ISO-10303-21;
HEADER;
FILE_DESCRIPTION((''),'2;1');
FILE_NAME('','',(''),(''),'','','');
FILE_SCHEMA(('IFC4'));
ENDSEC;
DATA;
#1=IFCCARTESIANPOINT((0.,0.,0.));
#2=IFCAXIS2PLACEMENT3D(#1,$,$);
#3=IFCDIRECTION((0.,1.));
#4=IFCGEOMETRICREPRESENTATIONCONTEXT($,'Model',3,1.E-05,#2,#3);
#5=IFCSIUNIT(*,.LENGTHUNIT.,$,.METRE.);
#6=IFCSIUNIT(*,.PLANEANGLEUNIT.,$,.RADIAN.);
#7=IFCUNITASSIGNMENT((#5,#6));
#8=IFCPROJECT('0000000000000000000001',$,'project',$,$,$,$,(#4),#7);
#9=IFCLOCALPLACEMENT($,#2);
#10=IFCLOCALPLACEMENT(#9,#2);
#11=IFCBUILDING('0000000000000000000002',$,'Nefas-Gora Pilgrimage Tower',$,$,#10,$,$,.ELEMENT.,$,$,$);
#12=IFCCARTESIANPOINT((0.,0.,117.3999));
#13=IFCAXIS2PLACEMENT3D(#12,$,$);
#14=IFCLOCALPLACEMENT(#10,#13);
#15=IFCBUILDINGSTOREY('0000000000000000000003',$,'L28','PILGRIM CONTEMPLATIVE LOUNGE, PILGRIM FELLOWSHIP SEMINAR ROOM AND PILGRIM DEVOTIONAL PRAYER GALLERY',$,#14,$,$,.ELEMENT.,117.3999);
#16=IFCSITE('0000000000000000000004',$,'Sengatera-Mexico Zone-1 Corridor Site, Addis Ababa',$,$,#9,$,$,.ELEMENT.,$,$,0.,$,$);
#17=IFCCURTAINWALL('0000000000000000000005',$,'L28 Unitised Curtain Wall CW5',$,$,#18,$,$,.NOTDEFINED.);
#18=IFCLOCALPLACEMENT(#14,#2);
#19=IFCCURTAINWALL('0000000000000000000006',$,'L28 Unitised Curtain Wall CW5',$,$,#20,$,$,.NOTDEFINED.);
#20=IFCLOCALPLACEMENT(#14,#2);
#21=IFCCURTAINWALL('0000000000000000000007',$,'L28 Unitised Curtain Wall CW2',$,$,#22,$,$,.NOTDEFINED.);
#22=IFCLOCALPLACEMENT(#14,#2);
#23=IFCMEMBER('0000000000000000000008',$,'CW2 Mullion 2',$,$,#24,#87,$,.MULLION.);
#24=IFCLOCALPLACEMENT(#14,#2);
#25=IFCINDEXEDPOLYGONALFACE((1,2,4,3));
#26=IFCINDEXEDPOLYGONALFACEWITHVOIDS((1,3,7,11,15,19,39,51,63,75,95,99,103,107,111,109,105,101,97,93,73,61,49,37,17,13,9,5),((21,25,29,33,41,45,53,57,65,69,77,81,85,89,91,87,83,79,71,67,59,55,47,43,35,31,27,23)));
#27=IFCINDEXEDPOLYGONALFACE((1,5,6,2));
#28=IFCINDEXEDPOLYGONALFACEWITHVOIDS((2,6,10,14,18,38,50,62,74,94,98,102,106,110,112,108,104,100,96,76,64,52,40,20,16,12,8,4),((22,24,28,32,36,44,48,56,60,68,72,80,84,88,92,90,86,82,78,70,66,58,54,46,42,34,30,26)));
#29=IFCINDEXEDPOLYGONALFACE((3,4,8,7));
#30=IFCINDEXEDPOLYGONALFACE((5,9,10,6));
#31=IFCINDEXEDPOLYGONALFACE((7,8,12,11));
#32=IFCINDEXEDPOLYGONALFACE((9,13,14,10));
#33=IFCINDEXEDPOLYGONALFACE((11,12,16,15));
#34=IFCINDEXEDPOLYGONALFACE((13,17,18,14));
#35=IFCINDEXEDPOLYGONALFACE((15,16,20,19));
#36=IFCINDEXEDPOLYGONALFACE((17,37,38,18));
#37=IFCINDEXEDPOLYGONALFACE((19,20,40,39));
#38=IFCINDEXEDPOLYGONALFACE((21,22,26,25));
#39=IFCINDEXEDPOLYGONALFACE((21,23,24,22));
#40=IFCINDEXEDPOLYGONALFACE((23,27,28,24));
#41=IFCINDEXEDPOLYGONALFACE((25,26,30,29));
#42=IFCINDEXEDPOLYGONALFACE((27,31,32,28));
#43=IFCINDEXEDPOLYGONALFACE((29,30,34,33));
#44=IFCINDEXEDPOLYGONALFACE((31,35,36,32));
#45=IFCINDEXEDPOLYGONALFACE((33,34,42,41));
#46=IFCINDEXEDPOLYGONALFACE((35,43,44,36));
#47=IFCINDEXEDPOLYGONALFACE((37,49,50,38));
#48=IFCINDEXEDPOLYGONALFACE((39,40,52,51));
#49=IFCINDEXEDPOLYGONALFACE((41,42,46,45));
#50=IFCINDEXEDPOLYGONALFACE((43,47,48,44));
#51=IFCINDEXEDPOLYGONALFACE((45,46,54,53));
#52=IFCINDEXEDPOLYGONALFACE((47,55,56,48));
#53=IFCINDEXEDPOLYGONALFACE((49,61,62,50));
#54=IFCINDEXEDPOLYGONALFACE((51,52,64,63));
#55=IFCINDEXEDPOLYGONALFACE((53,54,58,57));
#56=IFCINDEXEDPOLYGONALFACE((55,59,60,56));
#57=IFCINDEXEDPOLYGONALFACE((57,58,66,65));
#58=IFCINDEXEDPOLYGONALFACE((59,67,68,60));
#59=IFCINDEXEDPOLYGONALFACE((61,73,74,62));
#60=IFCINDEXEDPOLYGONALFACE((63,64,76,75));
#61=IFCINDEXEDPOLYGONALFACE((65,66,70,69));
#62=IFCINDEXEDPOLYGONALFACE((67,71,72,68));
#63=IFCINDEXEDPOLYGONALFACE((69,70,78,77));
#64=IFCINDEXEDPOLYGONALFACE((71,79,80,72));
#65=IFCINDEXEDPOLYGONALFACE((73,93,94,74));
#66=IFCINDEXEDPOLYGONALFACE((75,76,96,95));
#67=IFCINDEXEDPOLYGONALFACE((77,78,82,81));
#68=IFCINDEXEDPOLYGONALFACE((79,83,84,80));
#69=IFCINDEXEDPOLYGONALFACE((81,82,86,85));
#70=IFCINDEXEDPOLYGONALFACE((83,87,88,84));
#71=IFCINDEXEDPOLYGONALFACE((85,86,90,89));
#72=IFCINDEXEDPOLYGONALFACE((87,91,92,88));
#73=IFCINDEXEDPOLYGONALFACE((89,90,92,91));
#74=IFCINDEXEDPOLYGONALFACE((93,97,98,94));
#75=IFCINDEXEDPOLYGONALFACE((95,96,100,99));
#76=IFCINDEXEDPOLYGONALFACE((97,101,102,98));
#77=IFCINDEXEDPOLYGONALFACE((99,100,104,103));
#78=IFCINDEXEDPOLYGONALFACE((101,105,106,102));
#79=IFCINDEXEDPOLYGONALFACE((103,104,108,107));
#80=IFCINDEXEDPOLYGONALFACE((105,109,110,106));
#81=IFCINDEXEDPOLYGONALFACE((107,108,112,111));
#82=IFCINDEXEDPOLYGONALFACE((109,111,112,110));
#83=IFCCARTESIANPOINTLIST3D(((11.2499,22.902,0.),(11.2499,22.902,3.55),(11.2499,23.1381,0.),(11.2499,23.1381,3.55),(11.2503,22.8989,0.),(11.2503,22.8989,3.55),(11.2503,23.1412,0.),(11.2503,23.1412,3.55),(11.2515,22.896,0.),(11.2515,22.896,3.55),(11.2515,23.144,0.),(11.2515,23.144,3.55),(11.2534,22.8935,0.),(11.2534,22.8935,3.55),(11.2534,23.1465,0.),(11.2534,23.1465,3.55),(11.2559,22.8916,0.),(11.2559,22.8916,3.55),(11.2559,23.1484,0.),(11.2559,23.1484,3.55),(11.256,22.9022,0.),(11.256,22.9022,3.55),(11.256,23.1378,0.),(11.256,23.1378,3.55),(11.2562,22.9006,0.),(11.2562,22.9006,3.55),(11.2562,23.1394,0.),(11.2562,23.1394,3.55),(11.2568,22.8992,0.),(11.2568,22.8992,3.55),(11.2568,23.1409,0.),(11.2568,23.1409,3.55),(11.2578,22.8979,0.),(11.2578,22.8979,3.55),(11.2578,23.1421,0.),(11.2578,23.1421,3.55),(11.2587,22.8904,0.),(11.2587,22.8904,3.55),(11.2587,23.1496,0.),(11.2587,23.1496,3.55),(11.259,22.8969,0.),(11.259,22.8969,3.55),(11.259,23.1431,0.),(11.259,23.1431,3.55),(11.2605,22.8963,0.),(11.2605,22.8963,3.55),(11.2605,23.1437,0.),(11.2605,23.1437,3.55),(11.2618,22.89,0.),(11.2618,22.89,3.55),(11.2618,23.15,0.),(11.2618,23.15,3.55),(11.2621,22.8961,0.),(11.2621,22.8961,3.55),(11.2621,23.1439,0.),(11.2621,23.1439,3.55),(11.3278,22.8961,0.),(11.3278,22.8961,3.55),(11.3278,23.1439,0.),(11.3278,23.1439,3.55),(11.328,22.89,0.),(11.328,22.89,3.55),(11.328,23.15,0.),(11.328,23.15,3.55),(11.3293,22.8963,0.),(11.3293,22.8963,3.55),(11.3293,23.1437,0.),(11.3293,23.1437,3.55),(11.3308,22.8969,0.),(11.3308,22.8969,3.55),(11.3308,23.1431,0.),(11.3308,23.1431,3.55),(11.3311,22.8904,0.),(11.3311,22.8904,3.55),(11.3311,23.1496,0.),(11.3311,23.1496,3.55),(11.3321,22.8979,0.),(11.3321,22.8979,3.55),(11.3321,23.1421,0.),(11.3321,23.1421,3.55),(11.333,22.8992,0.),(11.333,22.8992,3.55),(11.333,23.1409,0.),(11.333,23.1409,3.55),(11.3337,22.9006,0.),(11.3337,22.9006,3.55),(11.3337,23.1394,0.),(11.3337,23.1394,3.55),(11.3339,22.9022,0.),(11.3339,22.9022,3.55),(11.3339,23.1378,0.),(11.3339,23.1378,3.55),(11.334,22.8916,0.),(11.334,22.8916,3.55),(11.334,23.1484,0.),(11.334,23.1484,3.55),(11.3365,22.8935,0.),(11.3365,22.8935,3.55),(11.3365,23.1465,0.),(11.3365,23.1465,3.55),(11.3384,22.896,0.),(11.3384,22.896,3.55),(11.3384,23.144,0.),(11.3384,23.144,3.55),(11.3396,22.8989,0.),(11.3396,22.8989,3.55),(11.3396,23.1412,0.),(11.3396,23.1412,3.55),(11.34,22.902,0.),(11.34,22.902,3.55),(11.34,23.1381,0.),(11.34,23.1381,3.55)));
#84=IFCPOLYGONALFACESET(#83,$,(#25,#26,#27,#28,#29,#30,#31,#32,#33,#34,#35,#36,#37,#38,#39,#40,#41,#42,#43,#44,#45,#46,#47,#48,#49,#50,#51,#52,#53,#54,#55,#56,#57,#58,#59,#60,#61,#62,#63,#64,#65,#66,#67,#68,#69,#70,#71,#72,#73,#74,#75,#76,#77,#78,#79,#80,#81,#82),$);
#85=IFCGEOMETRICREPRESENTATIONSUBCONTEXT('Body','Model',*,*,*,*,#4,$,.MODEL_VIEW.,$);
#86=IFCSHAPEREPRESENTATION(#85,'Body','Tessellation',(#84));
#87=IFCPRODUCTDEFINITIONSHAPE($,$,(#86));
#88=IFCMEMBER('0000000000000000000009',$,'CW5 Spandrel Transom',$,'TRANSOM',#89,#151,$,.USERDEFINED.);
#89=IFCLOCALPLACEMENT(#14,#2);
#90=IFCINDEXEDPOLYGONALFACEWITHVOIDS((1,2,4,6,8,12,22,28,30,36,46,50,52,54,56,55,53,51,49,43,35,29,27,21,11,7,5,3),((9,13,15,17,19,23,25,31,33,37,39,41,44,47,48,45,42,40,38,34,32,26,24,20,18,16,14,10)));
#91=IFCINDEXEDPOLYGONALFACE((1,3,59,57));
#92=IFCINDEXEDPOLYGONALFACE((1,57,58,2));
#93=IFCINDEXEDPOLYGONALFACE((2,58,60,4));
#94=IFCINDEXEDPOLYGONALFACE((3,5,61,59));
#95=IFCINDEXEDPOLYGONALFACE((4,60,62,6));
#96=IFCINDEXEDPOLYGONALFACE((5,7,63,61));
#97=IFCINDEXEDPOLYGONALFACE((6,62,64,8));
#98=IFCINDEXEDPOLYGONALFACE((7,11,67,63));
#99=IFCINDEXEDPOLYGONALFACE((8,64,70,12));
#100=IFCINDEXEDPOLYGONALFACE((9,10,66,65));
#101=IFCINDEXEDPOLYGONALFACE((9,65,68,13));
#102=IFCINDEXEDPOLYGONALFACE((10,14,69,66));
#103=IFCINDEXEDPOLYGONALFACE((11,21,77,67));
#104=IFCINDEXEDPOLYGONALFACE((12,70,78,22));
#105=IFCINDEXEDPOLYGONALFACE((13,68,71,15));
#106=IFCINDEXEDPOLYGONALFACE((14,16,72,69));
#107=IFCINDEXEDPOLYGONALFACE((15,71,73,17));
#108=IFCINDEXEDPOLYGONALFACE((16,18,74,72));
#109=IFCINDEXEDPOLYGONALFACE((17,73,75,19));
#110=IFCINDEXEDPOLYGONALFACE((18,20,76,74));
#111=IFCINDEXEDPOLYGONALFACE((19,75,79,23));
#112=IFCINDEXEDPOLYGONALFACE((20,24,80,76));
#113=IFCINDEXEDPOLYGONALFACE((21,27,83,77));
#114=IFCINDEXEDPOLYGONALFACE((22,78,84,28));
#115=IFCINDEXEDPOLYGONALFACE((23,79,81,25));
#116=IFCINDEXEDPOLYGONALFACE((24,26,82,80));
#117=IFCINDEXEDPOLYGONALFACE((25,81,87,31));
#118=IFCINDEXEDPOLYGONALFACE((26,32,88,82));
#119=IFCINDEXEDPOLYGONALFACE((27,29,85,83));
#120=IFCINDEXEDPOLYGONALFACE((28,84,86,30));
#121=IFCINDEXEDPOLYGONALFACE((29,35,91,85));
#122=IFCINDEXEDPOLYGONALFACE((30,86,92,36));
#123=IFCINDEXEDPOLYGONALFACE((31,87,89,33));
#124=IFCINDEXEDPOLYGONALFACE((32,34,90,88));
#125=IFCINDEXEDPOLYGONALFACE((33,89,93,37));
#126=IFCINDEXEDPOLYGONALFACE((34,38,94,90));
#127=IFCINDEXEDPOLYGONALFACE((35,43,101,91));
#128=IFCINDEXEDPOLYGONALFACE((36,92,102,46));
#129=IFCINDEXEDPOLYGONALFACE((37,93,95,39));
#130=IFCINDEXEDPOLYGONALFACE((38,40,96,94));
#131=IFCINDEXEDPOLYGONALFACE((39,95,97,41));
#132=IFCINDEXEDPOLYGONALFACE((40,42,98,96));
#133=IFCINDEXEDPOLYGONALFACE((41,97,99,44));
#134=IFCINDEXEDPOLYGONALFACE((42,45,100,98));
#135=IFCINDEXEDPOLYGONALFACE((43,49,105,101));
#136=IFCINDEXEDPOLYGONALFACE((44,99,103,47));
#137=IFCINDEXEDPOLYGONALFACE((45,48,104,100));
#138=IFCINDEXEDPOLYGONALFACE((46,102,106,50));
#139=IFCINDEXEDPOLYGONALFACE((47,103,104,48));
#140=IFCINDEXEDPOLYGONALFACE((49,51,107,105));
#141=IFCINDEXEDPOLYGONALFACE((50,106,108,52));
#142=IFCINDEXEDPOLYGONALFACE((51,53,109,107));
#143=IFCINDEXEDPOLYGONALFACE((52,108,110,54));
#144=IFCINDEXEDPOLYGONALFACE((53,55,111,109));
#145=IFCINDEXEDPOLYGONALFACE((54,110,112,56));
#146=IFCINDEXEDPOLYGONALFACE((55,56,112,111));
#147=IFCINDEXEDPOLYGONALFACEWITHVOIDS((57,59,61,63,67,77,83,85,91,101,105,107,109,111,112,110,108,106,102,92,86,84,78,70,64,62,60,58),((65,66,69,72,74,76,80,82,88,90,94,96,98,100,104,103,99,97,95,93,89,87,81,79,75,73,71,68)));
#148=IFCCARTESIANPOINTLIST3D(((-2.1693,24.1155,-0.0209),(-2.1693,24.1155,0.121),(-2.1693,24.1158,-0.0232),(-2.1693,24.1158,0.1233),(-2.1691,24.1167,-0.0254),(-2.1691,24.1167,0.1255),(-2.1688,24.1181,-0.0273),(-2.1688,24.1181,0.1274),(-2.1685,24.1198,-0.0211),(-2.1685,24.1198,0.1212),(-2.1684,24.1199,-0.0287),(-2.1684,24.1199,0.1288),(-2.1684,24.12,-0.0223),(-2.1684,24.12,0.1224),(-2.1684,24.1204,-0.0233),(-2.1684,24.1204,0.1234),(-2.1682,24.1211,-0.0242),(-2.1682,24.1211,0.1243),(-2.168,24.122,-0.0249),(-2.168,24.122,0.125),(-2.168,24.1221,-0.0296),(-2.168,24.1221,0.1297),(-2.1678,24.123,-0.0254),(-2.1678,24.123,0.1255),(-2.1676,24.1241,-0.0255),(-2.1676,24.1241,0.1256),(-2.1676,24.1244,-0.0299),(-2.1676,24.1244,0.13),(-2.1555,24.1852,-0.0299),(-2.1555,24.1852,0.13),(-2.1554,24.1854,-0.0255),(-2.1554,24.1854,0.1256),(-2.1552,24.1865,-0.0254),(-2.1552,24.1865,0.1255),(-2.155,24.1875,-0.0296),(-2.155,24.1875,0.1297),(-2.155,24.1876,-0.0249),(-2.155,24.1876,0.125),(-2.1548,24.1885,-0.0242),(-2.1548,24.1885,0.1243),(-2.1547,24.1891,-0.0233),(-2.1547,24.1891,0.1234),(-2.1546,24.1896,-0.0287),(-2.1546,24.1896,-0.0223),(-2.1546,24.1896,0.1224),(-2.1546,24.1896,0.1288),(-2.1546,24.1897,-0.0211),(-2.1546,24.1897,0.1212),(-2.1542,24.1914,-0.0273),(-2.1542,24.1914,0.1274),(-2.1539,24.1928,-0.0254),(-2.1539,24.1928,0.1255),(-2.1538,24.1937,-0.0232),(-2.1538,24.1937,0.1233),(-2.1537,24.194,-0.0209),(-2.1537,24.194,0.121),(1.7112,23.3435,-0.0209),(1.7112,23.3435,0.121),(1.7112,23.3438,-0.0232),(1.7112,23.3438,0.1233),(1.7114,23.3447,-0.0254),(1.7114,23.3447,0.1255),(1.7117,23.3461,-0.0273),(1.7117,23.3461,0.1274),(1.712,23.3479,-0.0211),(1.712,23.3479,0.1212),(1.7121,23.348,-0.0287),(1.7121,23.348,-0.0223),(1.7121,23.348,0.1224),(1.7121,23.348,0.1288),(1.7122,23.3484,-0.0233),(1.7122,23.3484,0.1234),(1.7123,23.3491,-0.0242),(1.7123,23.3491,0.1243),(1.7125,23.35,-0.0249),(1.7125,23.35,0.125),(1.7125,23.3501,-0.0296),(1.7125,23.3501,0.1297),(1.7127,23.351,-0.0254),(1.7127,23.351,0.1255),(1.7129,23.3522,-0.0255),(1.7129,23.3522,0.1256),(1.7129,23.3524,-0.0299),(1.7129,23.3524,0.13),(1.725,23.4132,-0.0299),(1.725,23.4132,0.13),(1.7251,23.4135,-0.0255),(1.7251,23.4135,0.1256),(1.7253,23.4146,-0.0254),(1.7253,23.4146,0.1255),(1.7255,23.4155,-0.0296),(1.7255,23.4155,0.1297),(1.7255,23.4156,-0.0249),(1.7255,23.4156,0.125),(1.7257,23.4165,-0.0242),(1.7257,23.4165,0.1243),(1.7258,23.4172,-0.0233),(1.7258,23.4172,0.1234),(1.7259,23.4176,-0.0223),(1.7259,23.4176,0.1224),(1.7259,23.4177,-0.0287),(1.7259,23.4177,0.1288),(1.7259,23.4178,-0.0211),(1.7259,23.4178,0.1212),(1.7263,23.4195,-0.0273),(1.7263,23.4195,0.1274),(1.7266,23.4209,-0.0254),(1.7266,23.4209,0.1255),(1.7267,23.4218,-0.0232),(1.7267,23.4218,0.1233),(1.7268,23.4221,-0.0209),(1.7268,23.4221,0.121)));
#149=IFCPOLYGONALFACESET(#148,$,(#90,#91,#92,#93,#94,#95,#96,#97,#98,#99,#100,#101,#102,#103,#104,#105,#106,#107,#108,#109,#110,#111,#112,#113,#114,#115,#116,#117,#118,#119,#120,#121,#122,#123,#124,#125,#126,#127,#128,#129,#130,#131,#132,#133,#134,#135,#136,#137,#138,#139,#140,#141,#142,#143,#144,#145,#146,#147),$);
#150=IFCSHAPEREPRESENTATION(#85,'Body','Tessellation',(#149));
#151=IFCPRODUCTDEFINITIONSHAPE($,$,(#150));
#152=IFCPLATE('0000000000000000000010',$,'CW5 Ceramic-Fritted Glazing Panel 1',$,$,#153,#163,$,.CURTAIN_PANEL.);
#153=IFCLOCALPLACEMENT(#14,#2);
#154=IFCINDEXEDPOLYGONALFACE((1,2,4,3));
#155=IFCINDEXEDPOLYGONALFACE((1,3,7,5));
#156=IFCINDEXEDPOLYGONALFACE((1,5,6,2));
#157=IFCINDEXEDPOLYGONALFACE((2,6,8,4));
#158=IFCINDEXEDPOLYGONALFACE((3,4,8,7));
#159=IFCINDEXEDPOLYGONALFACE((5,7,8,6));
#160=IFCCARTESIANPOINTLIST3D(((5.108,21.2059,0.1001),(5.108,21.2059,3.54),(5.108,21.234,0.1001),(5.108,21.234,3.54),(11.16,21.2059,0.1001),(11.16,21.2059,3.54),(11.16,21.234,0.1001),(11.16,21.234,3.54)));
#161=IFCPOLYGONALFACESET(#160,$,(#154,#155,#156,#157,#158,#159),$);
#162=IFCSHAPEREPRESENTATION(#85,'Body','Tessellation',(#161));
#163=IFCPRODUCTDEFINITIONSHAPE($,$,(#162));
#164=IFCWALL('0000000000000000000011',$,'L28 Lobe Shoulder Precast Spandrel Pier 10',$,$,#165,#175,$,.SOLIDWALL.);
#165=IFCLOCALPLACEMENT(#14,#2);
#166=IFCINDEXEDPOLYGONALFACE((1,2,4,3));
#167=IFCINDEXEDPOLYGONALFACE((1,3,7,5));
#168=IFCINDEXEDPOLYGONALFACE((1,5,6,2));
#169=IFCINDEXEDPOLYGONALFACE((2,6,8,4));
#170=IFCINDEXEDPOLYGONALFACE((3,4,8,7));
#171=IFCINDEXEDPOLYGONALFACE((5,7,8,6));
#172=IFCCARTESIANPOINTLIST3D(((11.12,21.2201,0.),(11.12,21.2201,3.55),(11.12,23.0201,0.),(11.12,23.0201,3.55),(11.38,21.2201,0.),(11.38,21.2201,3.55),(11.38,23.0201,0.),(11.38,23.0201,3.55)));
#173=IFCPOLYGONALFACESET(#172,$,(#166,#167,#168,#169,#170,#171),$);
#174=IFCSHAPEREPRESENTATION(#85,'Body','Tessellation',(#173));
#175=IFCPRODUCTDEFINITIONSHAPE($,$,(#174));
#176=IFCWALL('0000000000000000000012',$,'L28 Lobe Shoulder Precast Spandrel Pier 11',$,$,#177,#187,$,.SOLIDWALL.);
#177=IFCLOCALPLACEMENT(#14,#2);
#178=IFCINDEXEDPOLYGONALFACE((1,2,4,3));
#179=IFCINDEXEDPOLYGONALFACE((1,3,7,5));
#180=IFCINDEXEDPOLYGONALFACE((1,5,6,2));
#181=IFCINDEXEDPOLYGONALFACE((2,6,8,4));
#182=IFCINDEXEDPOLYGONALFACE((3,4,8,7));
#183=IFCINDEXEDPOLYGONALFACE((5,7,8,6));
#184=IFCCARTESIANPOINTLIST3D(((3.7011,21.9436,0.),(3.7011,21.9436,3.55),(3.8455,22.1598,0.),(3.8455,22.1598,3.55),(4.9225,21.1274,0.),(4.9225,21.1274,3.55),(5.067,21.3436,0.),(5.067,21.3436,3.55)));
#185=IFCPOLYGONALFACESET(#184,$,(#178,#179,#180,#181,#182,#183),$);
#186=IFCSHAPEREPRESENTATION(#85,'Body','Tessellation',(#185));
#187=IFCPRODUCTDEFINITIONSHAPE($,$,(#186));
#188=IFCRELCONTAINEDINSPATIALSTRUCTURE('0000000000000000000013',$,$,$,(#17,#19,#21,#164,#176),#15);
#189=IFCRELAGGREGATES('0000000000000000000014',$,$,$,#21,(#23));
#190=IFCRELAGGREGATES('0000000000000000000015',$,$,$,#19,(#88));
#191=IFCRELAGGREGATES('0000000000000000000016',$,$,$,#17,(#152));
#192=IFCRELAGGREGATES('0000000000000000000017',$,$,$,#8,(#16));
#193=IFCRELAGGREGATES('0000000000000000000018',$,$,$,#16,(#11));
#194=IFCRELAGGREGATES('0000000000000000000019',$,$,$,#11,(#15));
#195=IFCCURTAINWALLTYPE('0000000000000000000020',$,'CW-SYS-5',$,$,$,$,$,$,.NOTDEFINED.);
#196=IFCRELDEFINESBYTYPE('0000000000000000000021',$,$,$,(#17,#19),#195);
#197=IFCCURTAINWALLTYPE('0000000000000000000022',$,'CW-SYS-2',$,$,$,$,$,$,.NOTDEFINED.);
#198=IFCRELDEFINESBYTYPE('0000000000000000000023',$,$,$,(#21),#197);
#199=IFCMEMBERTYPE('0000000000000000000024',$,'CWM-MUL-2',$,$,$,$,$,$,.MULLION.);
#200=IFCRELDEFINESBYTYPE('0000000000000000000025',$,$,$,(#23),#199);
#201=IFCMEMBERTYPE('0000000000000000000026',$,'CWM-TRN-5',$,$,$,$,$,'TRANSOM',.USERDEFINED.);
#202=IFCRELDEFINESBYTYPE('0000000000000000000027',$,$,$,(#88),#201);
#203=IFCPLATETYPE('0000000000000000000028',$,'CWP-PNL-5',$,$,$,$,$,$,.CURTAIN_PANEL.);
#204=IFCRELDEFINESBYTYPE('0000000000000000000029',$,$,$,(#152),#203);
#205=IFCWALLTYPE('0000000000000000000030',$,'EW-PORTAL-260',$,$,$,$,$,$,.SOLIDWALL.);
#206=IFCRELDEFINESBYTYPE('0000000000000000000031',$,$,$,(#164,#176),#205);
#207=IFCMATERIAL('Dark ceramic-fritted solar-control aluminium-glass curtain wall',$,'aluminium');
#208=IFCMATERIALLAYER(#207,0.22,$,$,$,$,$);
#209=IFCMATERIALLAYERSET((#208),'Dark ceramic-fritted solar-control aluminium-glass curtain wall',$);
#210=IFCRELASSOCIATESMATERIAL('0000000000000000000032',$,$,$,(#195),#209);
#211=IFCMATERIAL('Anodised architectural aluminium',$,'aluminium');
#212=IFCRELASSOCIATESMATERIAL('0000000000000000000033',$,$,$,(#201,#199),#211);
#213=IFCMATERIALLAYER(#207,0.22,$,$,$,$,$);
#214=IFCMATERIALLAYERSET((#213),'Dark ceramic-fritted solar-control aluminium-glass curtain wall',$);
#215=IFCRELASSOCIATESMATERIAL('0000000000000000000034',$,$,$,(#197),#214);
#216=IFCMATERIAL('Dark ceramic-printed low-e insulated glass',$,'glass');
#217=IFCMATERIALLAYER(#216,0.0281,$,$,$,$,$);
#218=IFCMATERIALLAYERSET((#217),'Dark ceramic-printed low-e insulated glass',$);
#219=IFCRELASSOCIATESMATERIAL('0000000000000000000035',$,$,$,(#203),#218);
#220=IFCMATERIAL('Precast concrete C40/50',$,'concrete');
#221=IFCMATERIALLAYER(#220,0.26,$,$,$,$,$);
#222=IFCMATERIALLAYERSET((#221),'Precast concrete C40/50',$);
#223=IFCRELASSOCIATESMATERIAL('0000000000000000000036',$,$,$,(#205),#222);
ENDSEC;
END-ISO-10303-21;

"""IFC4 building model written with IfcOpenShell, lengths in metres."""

from ifc_helpers import new_model, si_unit, direction, frame, frame_2d, origin, origin_2d, place, context, subcontext, project, spatial, rectangle, hollow_rectangle, extrude, source, transform, mapped, material, layer, layer_set, material_profile, profile_set, type_object, element, aggregate, save


model = new_model("IFC4")

# Units and contexts
model_context = context("Model", 3, precision=1e-05, world=origin(), true_north=direction((0.0, 1.0)))
body_context = subcontext(model_context, "Body", "Model", "MODEL_VIEW")
ifc_project = project(units=[si_unit("LENGTHUNIT", "METRE"), si_unit("PLANEANGLEUNIT", "RADIAN")], contexts=[model_context])

# Site, building, storey
site_placement = place(None, origin())
site = spatial("IfcSite", under=ifc_project, at=site_placement, Name="Sengatera-Mexico Zone-1 Corridor Site, Addis Ababa", CompositionType="ELEMENT", RefElevation=0.0)
building_placement = place(site_placement, origin())
building = spatial("IfcBuilding", under=site, at=building_placement, Name="Nefas-Gora Pilgrimage Tower", CompositionType="ELEMENT")
storey_placement = place(building_placement, frame((0.0, 0.0, 117.3999)))
storey = spatial("IfcBuildingStorey", under=building, at=storey_placement, Name="L28", Description="PILGRIM CONTEMPLATIVE LOUNGE, PILGRIM FELLOWSHIP SEMINAR ROOM AND PILGRIM DEVOTIONAL PRAYER GALLERY", CompositionType="ELEMENT", Elevation=117.3999)

# Curtain wall
ifc_material_1 = material(Name="Dark ceramic-fritted solar-control aluminium-glass curtain wall", Category="aluminium")
ifc_layer_1 = layer(ifc_material_1, 0.22)
ifc_layer_set_1 = layer_set([ifc_layer_1], Name="Dark ceramic-fritted solar-control aluminium-glass curtain wall")
curtain_wall_type_1 = type_object("IfcCurtainWallType", Name="CW-SYS-5", PredefinedType="NOTDEFINED", material=ifc_layer_set_1)
curtain_wall_1_placement = place(storey_placement, origin())
curtain_wall_1 = element("IfcCurtainWall", 1, at=curtain_wall_1_placement, inside=storey, type_object=curtain_wall_type_1, Name="L28 Unitised Curtain Wall CW5", PredefinedType="NOTDEFINED")
ifc_material_2 = material(Name="Anodised architectural aluminium", Category="aluminium")

# Curtain wall
curtain_wall_2_placement = place(storey_placement, origin())
curtain_wall_2 = element("IfcCurtainWall", 2, at=curtain_wall_2_placement, inside=storey, type_object=curtain_wall_type_1, Name="L28 Unitised Curtain Wall CW5", PredefinedType="NOTDEFINED")

# Shared definitions
ifc_material_profile_1 = material_profile(ifc_material_2, hollow_rectangle(XDim=0.0801, YDim=0.1599, WallThickness=0.0044, InnerFilletRadius=0.0044, OuterFilletRadius=0.009, at=origin_2d()), Name="ALU TRANSOM 80x160")
ifc_profile_set_1 = profile_set([ifc_material_profile_1], Name="Anodised architectural aluminium")
member_type_1 = type_object("IfcMemberType", Name="CWM-TRN-5", ElementType="TRANSOM", PredefinedType="USERDEFINED", material=ifc_profile_set_1)

# Curtain wall, member
ifc_layer_2 = layer(ifc_material_1, 0.22)
ifc_layer_set_2 = layer_set([ifc_layer_2], Name="Dark ceramic-fritted solar-control aluminium-glass curtain wall")
curtain_wall_type_2 = type_object("IfcCurtainWallType", Name="CW-SYS-2", PredefinedType="NOTDEFINED", material=ifc_layer_set_2)
curtain_wall_3_placement = place(storey_placement, origin())
curtain_wall_3 = element("IfcCurtainWall", 3, at=curtain_wall_3_placement, inside=storey, type_object=curtain_wall_type_2, Name="L28 Unitised Curtain Wall CW2", PredefinedType="NOTDEFINED")
ifc_material_profile_2 = material_profile(ifc_material_2, hollow_rectangle(XDim=0.0901, YDim=0.26, WallThickness=0.0061, InnerFilletRadius=0.0061, OuterFilletRadius=0.012, at=origin_2d()), Name="ALU MULLION 90x260")
ifc_profile_set_2 = profile_set([ifc_material_profile_2], Name="Anodised architectural aluminium")
member_type_2 = type_object("IfcMemberType", Name="CWM-MUL-2", PredefinedType="MULLION", material=ifc_profile_set_2)
shared_shape_1 = source(origin(), body_context, "Body", "SweptSolid", [
    extrude(hollow_rectangle(XDim=0.0901, YDim=0.26, WallThickness=0.0061, InnerFilletRadius=0.0061, OuterFilletRadius=0.012, at=origin_2d()), origin(), (0.0, 0.0, 1.0), 3.55),
])
member_1_placement = place(storey_placement, frame((11.2949, 23.02, 0.0), z_axis=(0.0, 0.0, 1.0), x_axis=(-1.0, 0.0, 0.0)))
member_1 = element("IfcMember", 4, at=member_1_placement, type_object=member_type_2, Name="CW2 Mullion 2", PredefinedType="MULLION", context=body_context, shape_type="MappedRepresentation", body=[
    mapped(shared_shape_1, transform((0.0, 0.0, 0.0), x_axis=(1.0, 0.0, 0.0), y_axis=(0.0, 1.0, 0.0), z_axis=(0.0, 0.0, 1.0), scale=1.0)),
])
aggregate(curtain_wall_3, [member_1])

# Member
shared_shape_2 = source(origin(), body_context, "Body", "SweptSolid", [
    extrude(hollow_rectangle(XDim=0.0801, YDim=0.1599, WallThickness=0.0044, InnerFilletRadius=0.0044, OuterFilletRadius=0.009, at=origin_2d()), origin(), (0.0, 0.0, 1.0), 3.9565),
])
member_2_placement = place(storey_placement, frame((1.719, 23.3828, 0.05), z_axis=(-0.980782, 0.195107, 0.0), x_axis=(-0.195107, -0.980782, 0.0)))
member_2 = element("IfcMember", 5, at=member_2_placement, type_object=member_type_1, Name="CW5 Spandrel Transom", ObjectType="TRANSOM", PredefinedType="USERDEFINED", context=body_context, shape_type="MappedRepresentation", body=[
    mapped(shared_shape_2, transform((0.0, 0.0, 0.0), x_axis=(1.0, 0.0, 0.0), y_axis=(0.0, 1.0, 0.0), z_axis=(0.0, 0.0, 1.0), scale=1.0)),
])
aggregate(curtain_wall_2, [member_2])

# Plate
ifc_material_3 = material(Name="Dark ceramic-printed low-e insulated glass", Category="glass")
ifc_layer_3 = layer(ifc_material_3, 0.0281)
ifc_layer_set_3 = layer_set([ifc_layer_3], Name="Dark ceramic-printed low-e insulated glass")
plate_type = type_object("IfcPlateType", Name="CWP-PNL-5", PredefinedType="CURTAIN_PANEL", material=ifc_layer_set_3)
shared_shape_3 = source(origin(), body_context, "Body", "SweptSolid", [
    extrude(rectangle(XDim=6.052, YDim=0.0281, at=origin_2d()), origin(), (0.0, 0.0, 1.0), 3.4399),
])
plate_placement = place(storey_placement, frame((8.134, 21.22, 0.1001), z_axis=(0.0, 0.0, 1.0), x_axis=(-1.0, 0.0, 0.0)))
plate = element("IfcPlate", 6, at=plate_placement, type_object=plate_type, Name="CW5 Ceramic-Fritted Glazing Panel 1", PredefinedType="CURTAIN_PANEL", context=body_context, shape_type="MappedRepresentation", body=[
    mapped(shared_shape_3, transform((0.0, 0.0, 0.0), x_axis=(1.0, 0.0, 0.0), y_axis=(0.0, 1.0, 0.0), z_axis=(0.0, 0.0, 1.0), scale=1.0)),
])
aggregate(curtain_wall_1, [plate])

# Walls
ifc_material_4 = material(Name="Precast concrete C40/50", Category="concrete")
ifc_layer_4 = layer(ifc_material_4, 0.26)
ifc_layer_set_4 = layer_set([ifc_layer_4], Name="Precast concrete C40/50")
wall_type_1 = type_object("IfcWallType", Name="EW-PORTAL-260", PredefinedType="SOLIDWALL", material=ifc_layer_set_4)
shared_shape_4 = source(origin(), body_context, "Body", "SweptSolid", [
    extrude(rectangle(XDim=1.8, YDim=0.26, at=frame_2d((0.8999, 0.0))), origin(), (0.0, 0.0, 1.0), 3.55),
])
wall_1_placement = place(storey_placement, frame((11.25, 23.02, 0.0), z_axis=(0.0, 0.0, 1.0), x_axis=(0.0, -1.0, 0.0)))
element("IfcWall", 7, at=wall_1_placement, inside=storey, type_object=wall_type_1, Name="L28 Lobe Shoulder Precast Spandrel Pier 10", PredefinedType="SOLIDWALL", context=body_context, shape_type="MappedRepresentation", body=[
    mapped(shared_shape_4, transform((0.0, 0.0, 0.0), x_axis=(1.0, 0.0, 0.0), y_axis=(0.0, 1.0, 0.0), z_axis=(0.0, 0.0, 1.0), scale=1.0)),
])
shared_shape_5 = source(origin(), body_context, "Body", "SweptSolid", [
    extrude(rectangle(XDim=1.469, YDim=0.26, at=frame_2d((0.7344, 0.0))), origin(), (0.0, 0.0, 1.0), 3.55),
])
wall_2_placement = place(storey_placement, frame((4.9946, 21.2356, 0.0), z_axis=(0.0, 0.0, 1.0), x_axis=(-0.831462, 0.555582, 0.0)))
element("IfcWall", 8, at=wall_2_placement, inside=storey, type_object=wall_type_1, Name="L28 Lobe Shoulder Precast Spandrel Pier 11", PredefinedType="SOLIDWALL", context=body_context, shape_type="MappedRepresentation", body=[
    mapped(shared_shape_5, transform((0.0, 0.0, 0.0), x_axis=(1.0, 0.0, 0.0), y_axis=(0.0, 1.0, 0.0), z_axis=(0.0, 0.0, 1.0), scale=1.0)),
])

save(model, "model.ifc")
